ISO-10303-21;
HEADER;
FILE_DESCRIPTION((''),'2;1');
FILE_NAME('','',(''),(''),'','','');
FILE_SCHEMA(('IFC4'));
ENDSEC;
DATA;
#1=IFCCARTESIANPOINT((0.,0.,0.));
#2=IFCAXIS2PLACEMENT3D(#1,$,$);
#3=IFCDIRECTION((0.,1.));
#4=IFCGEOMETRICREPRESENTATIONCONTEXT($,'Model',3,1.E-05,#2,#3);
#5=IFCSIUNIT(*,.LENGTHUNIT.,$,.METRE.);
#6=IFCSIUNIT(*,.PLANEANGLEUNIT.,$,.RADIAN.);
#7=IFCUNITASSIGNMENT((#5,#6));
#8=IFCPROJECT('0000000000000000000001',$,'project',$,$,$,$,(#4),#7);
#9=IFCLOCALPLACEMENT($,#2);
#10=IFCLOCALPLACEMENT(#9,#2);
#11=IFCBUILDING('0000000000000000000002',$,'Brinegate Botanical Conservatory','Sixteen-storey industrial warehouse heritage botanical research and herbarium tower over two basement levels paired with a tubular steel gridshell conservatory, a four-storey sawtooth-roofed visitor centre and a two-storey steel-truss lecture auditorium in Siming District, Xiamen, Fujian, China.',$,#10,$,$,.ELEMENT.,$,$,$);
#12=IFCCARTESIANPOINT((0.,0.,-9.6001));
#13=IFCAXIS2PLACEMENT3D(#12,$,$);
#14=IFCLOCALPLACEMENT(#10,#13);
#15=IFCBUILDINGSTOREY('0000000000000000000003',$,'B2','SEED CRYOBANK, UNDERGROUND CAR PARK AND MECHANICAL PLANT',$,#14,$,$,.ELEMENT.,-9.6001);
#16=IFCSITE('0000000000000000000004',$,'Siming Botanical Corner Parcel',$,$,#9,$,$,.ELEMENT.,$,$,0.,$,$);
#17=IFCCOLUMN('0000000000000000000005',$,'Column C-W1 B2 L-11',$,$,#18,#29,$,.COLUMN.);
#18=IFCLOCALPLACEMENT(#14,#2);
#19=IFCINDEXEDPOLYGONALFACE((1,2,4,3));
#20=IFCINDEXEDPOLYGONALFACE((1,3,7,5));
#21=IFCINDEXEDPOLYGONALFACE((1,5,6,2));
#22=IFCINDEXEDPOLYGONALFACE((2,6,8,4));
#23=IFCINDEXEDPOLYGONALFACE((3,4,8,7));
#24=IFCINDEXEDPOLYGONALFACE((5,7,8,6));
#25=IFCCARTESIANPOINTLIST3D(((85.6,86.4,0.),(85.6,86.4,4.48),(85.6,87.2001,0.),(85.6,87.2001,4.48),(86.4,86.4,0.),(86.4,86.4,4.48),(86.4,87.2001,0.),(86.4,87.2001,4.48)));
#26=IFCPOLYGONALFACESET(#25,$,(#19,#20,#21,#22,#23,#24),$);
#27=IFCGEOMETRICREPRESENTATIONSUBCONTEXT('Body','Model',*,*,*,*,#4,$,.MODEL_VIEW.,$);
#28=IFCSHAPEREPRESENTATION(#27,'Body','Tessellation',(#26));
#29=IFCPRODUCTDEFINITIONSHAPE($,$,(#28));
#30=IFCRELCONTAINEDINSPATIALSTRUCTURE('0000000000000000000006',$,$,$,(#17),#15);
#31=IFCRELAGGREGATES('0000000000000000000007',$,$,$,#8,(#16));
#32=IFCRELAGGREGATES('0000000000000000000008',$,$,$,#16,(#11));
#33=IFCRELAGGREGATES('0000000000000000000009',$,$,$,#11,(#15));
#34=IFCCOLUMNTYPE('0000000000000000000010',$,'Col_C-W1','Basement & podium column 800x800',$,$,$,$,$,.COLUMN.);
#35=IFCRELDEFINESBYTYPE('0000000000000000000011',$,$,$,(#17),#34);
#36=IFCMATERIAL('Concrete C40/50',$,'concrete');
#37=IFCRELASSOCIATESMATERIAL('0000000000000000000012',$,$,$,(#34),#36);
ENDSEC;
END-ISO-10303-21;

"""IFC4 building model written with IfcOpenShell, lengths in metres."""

from ifc_helpers import new_model, si_unit, direction, frame, origin, origin_2d, place, context, subcontext, project, spatial, rectangle, extrude, material, material_profile, profile_set, type_object, element, save


model = new_model("IFC4")

# Units and contexts
model_context = context("Model", 3, precision=1e-05, world=origin(), true_north=direction((0.0, 1.0)))
body_context = subcontext(model_context, "Body", "Model", "MODEL_VIEW")
ifc_project = project(units=[si_unit("LENGTHUNIT", "METRE"), si_unit("PLANEANGLEUNIT", "RADIAN")], contexts=[model_context])

# Site, building, storey
site_placement = place(None, origin())
site = spatial("IfcSite", under=ifc_project, at=site_placement, Name="Siming Botanical Corner Parcel", CompositionType="ELEMENT", RefElevation=0.0)
building_placement = place(site_placement, origin())
building = spatial("IfcBuilding", under=site, at=building_placement, Name="Brinegate Botanical Conservatory", Description="Sixteen-storey industrial warehouse heritage botanical research and herbarium tower over two basement levels paired with a tubular steel gridshell conservatory, a four-storey sawtooth-roofed visitor centre and a two-storey steel-truss lecture auditorium in Siming District, Xiamen, Fujian, China.", CompositionType="ELEMENT")
storey_placement = place(building_placement, frame((0.0, 0.0, -9.6001)))
storey = spatial("IfcBuildingStorey", under=building, at=storey_placement, Name="B2", Description="SEED CRYOBANK, UNDERGROUND CAR PARK AND MECHANICAL PLANT", CompositionType="ELEMENT", Elevation=-9.6001)

# Shared definitions
ifc_material = material(Name="Concrete C40/50", Category="concrete")

# Column
ifc_material_profile_1 = material_profile(ifc_material, rectangle(XDim=0.8, YDim=0.8, at=origin_2d()), Name="RC COL 800x800")
ifc_profile_set_1 = profile_set([ifc_material_profile_1], Name="Concrete C40/50")
column_type = type_object("IfcColumnType", Name="Col_C-W1", Description="Basement & podium column 800x800", PredefinedType="COLUMN", material=ifc_profile_set_1)
for number, where, z_axis, x_axis, name in (
    (1, (86.0, 86.8, 0.0), (0.0, 0.0, 1.0), (1.0, 0.0, 0.0), "Column C-W1 B2 L-11"),
):
    element("IfcColumn", number, at=place(storey_placement, frame(where, z_axis=z_axis, x_axis=x_axis)), inside=storey, type_object=column_type, Name=name, PredefinedType="COLUMN", context=body_context, shape_type="SweptSolid", body=[
        extrude(rectangle(XDim=0.8, YDim=0.8, at=origin_2d()), origin(), (0.0, 0.0, 1.0), 4.48),
    ])

save(model, "model.ifc")
